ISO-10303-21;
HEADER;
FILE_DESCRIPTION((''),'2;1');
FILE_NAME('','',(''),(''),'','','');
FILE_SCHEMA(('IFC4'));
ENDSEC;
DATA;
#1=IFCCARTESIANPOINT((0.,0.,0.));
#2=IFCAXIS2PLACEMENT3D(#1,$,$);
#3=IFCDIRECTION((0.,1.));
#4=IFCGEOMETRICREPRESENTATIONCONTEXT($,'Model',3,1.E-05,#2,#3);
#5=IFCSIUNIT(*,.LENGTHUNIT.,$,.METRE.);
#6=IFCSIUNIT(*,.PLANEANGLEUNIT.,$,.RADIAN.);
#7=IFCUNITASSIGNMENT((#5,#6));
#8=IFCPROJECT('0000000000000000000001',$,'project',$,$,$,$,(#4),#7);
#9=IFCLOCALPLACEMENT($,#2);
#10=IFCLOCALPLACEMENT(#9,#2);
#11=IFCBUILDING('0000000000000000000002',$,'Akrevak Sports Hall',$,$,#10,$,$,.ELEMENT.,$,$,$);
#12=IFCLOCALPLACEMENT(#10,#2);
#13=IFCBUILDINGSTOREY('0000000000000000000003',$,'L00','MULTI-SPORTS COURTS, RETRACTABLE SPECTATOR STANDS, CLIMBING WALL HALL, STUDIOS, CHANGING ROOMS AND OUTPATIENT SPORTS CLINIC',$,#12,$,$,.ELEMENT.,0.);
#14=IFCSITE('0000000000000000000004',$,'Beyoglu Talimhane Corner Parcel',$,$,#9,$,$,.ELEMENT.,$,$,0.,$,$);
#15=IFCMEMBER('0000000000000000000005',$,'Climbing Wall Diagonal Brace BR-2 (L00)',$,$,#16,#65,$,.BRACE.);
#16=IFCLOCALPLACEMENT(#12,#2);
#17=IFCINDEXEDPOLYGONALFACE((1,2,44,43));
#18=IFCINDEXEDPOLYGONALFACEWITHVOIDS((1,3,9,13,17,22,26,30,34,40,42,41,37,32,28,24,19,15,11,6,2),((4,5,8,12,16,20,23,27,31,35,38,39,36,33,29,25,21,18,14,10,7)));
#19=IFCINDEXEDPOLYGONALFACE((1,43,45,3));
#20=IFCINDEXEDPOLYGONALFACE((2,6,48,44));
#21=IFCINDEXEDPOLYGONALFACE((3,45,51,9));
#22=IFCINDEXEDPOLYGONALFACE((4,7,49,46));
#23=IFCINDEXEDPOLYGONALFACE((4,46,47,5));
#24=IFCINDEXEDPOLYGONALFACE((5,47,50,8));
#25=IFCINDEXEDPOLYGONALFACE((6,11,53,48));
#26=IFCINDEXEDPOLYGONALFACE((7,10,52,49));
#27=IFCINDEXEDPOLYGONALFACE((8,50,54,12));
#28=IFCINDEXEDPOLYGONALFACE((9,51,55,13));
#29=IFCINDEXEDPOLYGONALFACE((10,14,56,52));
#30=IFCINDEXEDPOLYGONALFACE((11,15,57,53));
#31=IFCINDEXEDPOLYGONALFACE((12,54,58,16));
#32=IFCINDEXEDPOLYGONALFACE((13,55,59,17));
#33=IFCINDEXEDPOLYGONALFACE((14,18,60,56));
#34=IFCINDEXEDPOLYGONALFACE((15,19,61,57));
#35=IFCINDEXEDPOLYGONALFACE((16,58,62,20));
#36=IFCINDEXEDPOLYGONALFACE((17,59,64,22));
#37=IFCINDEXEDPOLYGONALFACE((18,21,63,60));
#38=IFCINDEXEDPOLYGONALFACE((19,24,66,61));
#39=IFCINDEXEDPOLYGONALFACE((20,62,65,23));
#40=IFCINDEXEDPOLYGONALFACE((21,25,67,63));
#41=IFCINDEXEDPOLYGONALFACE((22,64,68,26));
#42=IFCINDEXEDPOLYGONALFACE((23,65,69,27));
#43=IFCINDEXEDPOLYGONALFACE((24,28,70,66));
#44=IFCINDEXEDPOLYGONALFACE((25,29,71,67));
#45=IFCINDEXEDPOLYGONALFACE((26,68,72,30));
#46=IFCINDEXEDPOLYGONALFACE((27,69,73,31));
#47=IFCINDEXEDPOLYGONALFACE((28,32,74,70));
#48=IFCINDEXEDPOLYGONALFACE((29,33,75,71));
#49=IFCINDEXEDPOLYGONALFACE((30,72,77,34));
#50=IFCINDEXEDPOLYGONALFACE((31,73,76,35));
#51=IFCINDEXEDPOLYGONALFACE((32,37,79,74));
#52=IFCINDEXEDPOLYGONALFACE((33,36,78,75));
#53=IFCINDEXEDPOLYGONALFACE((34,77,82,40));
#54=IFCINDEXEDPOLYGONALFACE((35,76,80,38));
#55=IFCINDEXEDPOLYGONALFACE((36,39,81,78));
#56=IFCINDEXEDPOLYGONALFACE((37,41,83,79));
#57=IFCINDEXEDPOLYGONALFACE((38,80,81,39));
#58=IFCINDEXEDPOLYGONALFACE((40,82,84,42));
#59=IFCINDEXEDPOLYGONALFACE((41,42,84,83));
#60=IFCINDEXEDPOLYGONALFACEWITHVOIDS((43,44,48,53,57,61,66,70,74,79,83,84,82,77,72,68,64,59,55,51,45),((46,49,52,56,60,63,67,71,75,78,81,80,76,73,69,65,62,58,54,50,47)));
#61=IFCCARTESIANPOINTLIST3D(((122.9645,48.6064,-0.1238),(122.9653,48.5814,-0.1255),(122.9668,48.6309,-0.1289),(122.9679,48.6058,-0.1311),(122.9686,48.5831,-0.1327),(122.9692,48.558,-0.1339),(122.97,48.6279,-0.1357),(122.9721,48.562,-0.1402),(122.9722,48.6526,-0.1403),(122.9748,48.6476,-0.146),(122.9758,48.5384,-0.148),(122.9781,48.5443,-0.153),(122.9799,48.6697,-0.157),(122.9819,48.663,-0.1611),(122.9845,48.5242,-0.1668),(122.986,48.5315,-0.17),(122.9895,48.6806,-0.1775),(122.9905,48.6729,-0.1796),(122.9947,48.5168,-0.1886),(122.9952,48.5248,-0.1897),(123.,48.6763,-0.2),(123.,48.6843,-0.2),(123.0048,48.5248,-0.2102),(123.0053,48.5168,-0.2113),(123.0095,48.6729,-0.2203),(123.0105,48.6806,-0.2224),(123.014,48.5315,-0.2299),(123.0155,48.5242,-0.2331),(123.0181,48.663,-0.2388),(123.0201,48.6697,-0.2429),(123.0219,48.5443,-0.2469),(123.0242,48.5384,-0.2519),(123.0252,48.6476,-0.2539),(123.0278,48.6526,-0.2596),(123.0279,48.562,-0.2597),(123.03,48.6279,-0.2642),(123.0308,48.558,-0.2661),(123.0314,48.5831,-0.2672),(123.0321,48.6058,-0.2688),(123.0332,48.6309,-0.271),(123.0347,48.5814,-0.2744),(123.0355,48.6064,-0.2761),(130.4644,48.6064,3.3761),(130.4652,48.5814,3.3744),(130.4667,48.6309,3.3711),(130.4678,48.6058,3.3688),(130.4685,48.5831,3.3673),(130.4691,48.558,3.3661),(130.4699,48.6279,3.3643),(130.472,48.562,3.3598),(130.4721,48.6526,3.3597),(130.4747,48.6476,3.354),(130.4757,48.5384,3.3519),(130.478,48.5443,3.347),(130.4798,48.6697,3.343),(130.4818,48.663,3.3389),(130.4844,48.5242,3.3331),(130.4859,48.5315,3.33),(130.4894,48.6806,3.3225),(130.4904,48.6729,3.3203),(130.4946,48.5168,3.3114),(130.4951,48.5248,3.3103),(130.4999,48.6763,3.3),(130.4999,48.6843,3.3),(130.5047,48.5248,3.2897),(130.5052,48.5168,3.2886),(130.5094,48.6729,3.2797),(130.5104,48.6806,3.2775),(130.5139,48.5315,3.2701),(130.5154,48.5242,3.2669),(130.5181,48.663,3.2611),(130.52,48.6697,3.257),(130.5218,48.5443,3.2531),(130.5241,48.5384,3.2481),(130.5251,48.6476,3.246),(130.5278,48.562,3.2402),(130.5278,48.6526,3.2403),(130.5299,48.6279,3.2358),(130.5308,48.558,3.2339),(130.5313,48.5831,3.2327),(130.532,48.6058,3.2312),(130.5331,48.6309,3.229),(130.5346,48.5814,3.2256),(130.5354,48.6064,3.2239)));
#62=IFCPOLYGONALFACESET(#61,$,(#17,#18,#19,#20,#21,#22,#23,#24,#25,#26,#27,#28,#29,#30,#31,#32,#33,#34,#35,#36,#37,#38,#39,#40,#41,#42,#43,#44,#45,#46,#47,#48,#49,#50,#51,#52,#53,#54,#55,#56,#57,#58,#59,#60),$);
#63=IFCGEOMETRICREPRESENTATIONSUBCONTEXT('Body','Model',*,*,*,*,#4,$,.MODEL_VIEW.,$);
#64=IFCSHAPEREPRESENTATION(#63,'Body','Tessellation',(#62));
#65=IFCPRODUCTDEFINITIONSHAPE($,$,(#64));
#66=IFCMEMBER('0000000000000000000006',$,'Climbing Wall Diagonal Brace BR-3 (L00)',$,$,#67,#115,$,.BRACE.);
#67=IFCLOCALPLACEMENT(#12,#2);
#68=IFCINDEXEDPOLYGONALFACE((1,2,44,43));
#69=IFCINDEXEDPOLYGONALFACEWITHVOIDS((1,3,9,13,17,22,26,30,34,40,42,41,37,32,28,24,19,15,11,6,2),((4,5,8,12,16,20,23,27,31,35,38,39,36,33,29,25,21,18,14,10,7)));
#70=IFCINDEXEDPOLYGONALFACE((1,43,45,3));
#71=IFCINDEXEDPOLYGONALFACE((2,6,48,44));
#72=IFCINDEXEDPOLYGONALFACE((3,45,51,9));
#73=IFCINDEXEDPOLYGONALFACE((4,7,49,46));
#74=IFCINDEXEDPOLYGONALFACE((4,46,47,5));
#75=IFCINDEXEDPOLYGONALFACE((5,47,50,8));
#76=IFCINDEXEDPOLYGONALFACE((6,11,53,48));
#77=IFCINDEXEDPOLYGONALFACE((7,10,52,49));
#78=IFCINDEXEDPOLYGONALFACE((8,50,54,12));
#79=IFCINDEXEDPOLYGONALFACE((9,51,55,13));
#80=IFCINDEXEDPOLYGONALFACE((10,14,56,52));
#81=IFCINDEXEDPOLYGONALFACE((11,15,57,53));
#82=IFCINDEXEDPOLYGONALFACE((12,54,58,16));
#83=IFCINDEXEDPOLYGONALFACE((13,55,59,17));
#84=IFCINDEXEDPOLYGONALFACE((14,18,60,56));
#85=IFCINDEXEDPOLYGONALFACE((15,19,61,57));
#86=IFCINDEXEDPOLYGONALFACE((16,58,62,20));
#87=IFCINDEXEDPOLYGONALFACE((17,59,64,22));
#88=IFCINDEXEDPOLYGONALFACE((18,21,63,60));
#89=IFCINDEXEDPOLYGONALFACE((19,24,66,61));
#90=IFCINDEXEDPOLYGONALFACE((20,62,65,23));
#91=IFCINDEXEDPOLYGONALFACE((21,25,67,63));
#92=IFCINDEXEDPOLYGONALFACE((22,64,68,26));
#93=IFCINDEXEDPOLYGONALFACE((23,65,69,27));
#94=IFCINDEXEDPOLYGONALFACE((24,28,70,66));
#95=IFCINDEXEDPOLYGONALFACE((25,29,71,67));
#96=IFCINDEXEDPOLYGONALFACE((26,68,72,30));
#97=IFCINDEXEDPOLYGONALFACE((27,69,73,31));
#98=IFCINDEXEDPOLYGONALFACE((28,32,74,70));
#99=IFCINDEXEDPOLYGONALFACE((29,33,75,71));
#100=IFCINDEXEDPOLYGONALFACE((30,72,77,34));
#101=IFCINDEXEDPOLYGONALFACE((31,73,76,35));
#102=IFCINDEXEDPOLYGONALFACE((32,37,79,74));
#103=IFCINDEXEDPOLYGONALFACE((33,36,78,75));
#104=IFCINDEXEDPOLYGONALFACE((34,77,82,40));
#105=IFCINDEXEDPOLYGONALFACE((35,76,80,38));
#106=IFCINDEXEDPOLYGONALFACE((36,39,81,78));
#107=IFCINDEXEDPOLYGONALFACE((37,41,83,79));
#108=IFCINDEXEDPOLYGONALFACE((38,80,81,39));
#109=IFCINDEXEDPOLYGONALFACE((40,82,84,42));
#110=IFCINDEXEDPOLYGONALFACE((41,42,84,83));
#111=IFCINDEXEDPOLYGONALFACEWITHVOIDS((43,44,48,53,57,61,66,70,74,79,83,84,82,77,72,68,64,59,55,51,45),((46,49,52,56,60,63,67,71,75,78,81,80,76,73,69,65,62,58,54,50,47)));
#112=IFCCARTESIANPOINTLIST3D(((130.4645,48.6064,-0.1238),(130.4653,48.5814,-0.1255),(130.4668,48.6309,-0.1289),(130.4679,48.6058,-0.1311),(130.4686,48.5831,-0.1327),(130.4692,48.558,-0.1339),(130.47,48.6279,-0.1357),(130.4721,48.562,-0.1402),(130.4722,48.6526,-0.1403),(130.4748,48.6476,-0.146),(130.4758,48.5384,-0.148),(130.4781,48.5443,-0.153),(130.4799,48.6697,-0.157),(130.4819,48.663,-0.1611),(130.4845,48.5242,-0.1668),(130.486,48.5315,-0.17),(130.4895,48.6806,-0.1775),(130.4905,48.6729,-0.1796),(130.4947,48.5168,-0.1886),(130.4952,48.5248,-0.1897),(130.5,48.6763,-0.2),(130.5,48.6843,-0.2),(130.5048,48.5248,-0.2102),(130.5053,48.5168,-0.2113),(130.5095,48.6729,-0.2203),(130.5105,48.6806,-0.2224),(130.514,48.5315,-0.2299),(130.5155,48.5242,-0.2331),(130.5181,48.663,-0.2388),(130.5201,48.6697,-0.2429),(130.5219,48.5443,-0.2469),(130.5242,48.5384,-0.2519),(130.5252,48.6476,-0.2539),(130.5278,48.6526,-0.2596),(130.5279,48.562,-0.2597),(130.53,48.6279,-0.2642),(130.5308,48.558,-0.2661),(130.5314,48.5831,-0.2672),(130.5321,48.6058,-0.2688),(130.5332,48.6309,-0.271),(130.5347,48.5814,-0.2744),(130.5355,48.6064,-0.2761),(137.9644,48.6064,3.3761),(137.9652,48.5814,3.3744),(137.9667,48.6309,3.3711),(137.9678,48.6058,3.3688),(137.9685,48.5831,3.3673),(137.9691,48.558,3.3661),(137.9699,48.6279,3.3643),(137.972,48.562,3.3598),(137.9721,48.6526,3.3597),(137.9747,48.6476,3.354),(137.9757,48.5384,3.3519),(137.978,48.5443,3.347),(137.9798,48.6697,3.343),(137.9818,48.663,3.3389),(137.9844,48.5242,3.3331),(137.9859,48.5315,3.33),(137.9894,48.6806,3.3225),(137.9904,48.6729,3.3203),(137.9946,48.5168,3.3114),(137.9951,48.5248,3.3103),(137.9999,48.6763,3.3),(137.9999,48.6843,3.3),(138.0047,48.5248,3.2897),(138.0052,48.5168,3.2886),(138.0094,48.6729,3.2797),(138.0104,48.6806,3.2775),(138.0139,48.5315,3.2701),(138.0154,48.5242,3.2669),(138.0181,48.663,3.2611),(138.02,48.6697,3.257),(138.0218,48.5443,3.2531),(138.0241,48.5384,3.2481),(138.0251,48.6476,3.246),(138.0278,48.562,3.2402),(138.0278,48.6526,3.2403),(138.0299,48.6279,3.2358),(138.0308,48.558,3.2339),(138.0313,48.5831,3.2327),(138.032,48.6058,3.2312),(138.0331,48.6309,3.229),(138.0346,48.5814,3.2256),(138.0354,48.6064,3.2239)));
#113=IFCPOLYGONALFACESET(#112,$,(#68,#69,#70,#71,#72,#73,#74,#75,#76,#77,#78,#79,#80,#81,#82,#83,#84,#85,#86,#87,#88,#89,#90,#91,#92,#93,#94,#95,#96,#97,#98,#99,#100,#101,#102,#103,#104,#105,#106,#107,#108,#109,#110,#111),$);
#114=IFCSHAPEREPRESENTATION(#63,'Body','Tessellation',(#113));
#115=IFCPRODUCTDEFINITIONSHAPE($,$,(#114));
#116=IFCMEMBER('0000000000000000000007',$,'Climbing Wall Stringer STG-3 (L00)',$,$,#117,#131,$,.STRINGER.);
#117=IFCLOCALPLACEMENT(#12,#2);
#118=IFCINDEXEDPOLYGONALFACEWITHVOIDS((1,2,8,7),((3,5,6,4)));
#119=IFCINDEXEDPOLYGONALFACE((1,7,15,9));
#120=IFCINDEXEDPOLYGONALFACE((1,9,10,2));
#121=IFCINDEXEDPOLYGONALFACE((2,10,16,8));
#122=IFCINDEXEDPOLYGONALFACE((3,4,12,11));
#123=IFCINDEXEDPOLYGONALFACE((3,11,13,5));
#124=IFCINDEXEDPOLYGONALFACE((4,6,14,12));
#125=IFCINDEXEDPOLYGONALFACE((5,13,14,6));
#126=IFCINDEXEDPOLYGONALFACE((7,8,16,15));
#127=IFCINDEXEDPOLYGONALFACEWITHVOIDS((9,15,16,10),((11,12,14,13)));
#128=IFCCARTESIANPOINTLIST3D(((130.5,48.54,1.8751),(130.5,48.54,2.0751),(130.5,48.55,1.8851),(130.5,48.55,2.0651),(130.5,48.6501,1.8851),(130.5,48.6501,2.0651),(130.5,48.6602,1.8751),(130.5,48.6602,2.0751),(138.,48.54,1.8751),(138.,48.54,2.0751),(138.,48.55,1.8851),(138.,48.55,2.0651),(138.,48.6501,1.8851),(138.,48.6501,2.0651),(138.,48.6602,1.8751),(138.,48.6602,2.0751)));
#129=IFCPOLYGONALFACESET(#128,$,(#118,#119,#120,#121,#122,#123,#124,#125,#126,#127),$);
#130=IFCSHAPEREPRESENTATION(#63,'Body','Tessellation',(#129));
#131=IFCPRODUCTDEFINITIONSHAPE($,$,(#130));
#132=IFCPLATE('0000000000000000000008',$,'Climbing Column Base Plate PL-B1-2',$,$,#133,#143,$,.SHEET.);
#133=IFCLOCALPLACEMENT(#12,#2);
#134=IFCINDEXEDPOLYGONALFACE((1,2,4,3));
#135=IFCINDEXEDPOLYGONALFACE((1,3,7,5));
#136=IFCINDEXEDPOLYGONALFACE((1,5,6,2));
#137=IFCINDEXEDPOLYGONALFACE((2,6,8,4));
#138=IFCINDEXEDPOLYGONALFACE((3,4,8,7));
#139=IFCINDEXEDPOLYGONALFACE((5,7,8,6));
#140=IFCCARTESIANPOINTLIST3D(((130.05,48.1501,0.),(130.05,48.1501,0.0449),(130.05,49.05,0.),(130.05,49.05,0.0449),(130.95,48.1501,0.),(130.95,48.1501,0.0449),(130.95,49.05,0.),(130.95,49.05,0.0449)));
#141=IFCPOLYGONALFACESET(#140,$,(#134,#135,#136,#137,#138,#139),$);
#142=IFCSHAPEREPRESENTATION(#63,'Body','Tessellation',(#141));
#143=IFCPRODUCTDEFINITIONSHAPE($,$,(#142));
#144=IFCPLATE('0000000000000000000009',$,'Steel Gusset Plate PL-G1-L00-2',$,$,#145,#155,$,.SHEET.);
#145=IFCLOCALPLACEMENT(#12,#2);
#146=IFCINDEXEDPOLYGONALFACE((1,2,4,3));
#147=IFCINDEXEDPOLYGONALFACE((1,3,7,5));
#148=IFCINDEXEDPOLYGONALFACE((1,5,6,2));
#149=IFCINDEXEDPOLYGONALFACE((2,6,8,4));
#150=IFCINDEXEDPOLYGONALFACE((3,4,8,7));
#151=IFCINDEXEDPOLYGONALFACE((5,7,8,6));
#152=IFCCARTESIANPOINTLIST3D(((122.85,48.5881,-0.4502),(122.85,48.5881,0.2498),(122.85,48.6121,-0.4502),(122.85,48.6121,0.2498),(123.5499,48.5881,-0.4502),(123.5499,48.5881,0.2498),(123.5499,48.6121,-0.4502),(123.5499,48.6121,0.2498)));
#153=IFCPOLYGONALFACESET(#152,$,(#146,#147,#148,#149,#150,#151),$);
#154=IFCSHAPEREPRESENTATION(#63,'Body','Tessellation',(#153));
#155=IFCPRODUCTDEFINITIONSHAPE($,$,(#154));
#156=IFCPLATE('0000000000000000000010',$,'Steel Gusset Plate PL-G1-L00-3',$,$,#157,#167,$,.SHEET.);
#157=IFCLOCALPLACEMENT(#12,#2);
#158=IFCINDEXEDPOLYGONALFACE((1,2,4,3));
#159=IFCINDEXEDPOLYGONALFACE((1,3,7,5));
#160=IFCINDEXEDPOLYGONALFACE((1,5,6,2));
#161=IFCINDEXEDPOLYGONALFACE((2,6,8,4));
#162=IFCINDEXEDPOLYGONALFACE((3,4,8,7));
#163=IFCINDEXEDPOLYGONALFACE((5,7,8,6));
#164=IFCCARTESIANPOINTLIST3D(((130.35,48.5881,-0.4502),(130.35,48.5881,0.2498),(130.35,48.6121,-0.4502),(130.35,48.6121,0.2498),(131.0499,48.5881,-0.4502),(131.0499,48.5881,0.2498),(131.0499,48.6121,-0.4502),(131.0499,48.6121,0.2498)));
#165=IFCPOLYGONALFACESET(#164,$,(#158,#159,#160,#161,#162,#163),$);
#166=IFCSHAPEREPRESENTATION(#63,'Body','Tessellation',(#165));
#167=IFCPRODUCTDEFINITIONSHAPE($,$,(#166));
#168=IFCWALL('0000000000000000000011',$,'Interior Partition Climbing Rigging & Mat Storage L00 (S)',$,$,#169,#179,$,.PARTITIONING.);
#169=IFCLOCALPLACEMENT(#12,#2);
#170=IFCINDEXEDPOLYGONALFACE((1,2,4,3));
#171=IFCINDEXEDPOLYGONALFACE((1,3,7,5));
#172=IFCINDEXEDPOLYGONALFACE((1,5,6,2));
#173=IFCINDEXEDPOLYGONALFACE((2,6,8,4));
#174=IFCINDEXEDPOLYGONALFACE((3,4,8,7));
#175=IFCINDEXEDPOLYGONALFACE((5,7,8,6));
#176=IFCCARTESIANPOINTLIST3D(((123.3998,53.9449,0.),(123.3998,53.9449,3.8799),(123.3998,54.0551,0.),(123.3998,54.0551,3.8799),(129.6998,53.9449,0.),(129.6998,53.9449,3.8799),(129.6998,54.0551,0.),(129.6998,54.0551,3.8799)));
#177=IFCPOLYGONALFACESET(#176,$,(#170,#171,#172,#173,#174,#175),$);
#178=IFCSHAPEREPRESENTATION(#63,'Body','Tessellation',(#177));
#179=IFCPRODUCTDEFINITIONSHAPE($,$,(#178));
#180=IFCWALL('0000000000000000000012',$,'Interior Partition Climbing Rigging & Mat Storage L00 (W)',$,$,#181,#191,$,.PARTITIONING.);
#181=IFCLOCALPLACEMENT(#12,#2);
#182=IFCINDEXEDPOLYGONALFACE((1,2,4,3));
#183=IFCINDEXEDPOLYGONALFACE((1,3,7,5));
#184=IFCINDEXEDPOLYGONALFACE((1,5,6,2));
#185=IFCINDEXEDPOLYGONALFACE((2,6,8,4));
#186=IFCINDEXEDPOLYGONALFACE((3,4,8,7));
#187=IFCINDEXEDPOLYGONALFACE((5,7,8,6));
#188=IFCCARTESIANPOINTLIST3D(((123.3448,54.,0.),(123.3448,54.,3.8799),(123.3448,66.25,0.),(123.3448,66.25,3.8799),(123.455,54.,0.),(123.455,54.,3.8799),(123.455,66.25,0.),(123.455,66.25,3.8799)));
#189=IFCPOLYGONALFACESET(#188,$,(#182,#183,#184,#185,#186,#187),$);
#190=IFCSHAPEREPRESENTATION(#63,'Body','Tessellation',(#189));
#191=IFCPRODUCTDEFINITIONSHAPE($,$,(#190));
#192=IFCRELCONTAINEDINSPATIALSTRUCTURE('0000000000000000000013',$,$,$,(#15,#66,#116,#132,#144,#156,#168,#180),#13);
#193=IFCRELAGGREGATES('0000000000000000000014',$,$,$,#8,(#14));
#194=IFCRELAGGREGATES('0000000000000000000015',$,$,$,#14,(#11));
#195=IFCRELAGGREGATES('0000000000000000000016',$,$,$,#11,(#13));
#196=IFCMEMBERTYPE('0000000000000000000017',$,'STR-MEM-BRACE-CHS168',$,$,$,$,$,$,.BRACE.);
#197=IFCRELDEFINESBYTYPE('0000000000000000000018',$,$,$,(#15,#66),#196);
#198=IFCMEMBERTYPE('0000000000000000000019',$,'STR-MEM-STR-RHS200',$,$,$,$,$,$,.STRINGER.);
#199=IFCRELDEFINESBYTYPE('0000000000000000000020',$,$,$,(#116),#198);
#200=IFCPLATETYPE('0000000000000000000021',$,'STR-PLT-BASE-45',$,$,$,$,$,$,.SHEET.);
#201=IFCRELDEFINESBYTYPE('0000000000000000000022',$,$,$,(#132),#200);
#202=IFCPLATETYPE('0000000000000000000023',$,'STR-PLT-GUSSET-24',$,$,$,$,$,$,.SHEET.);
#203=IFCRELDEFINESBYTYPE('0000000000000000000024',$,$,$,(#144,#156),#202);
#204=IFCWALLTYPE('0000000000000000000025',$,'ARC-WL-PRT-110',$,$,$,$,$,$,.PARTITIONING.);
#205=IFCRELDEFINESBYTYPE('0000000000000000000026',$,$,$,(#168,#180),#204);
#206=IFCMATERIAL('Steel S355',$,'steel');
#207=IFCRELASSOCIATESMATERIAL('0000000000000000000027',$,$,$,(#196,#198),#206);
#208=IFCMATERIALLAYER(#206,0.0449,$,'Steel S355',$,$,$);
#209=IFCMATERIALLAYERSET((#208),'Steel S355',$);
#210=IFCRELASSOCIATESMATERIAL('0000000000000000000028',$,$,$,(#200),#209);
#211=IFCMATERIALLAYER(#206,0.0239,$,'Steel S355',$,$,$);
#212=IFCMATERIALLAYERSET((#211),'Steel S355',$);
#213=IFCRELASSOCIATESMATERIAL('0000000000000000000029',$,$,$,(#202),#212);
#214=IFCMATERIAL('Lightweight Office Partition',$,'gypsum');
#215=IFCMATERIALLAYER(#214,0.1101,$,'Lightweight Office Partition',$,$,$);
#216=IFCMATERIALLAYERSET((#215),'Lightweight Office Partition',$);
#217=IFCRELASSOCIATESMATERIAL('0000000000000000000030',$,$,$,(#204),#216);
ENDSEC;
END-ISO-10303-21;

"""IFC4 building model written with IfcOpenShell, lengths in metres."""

from ifc_helpers import new_model, si_unit, direction, frame, frame_2d, origin, origin_2d, place, context, subcontext, project, spatial, rectangle, hollow_rectangle, hollow_circle, extrude, material, layer, layer_set, material_profile, profile_set, type_object, element, save


model = new_model("IFC4")

# Units and contexts
model_context = context("Model", 3, precision=1e-05, world=origin(), true_north=direction((0.0, 1.0)))
body_context = subcontext(model_context, "Body", "Model", "MODEL_VIEW")
ifc_project = project(units=[si_unit("LENGTHUNIT", "METRE"), si_unit("PLANEANGLEUNIT", "RADIAN")], contexts=[model_context])

# Site, building, storey
site_placement = place(None, origin())
site = spatial("IfcSite", under=ifc_project, at=site_placement, Name="Beyoglu Talimhane Corner Parcel", CompositionType="ELEMENT", RefElevation=0.0)
building_placement = place(site_placement, origin())
building = spatial("IfcBuilding", under=site, at=building_placement, Name="Akrevak Sports Hall", CompositionType="ELEMENT")
storey_placement = place(building_placement, origin())
storey = spatial("IfcBuildingStorey", under=building, at=storey_placement, Name="L00", Description="MULTI-SPORTS COURTS, RETRACTABLE SPECTATOR STANDS, CLIMBING WALL HALL, STUDIOS, CHANGING ROOMS AND OUTPATIENT SPORTS CLINIC", CompositionType="ELEMENT", Elevation=0.0)

# Shared definitions
ifc_material_1 = material(Name="Steel S355", Category="steel")

# Members
ifc_material_profile_1 = material_profile(ifc_material_1, hollow_circle(Radius=0.0842, WallThickness=0.0081, at=origin_2d()), Name="CHS 168.3x8", Category="steel")
ifc_profile_set_1 = profile_set([ifc_material_profile_1], Name="Steel S355")
member_type_1 = type_object("IfcMemberType", Name="STR-MEM-BRACE-CHS168", PredefinedType="BRACE", material=ifc_profile_set_1)
for number, where, z_axis, x_axis, name in (
    (1, (123.0, 48.6001, -0.2), (0.906183, 0.0, 0.422885), (0.0, 1.0, 0.0), "Climbing Wall Diagonal Brace BR-2 (L00)"),
    (2, (130.5, 48.6001, -0.2), (0.906183, 0.0, 0.422885), (0.0, 1.0, 0.0), "Climbing Wall Diagonal Brace BR-3 (L00)"),
):
    element("IfcMember", number, at=place(storey_placement, frame(where, z_axis=z_axis, x_axis=x_axis)), inside=storey, type_object=member_type_1, Name=name, PredefinedType="BRACE", context=body_context, shape_type="SweptSolid", body=[
        extrude(hollow_circle(Radius=0.0842, WallThickness=0.0081, at=origin_2d()), origin(), (0.0, 0.0, 1.0), 8.2764),
    ])
ifc_material_profile_2 = material_profile(ifc_material_1, hollow_rectangle(XDim=0.1201, YDim=0.2, WallThickness=0.01, at=origin_2d()), Name="RHS 200x120x10", Category="steel")
ifc_profile_set_2 = profile_set([ifc_material_profile_2], Name="Steel S355")
member_type_2 = type_object("IfcMemberType", Name="STR-MEM-STR-RHS200", PredefinedType="STRINGER", material=ifc_profile_set_2)
member_placement = place(storey_placement, frame((130.5, 48.6001, 1.9751), z_axis=(1.0, 0.0, 0.0), x_axis=(0.0, 1.0, 0.0)))
element("IfcMember", 3, at=member_placement, inside=storey, type_object=member_type_2, Name="Climbing Wall Stringer STG-3 (L00)", PredefinedType="STRINGER", context=body_context, shape_type="SweptSolid", body=[
    extrude(hollow_rectangle(XDim=0.1201, YDim=0.2, WallThickness=0.01, at=origin_2d()), origin(), (0.0, 0.0, 1.0), 7.5),
])

# Plates
ifc_layer_1 = layer(ifc_material_1, 0.0449, Name="Steel S355")
ifc_layer_set_1 = layer_set([ifc_layer_1], Name="Steel S355")
plate_type_1 = type_object("IfcPlateType", Name="STR-PLT-BASE-45", PredefinedType="SHEET", material=ifc_layer_set_1)
plate_placement = place(storey_placement, frame((130.5, 48.6001, 0.0), z_axis=(0.0, 0.0, 1.0), x_axis=(1.0, 0.0, 0.0)))
element("IfcPlate", 4, at=plate_placement, inside=storey, type_object=plate_type_1, Name="Climbing Column Base Plate PL-B1-2", PredefinedType="SHEET", context=body_context, shape_type="SweptSolid", body=[
    extrude(rectangle(XDim=0.8999, YDim=0.8999, at=origin_2d()), origin(), (0.0, 0.0, 1.0), 0.0449),
])
ifc_layer_2 = layer(ifc_material_1, 0.0239, Name="Steel S355")
ifc_layer_set_2 = layer_set([ifc_layer_2], Name="Steel S355")
plate_type_2 = type_object("IfcPlateType", Name="STR-PLT-GUSSET-24", PredefinedType="SHEET", material=ifc_layer_set_2)
for number, where, z_axis, x_axis, name in (
    (5, (123.2, 48.6001, -0.4502), (0.0, 0.0, 1.0), (1.0, 0.0, 0.0), "Steel Gusset Plate PL-G1-L00-2"),
    (6, (130.7, 48.6001, -0.4502), (0.0, 0.0, 1.0), (1.0, 0.0, 0.0), "Steel Gusset Plate PL-G1-L00-3"),
):
    element("IfcPlate", number, at=place(storey_placement, frame(where, z_axis=z_axis, x_axis=x_axis)), inside=storey, type_object=plate_type_2, Name=name, PredefinedType="SHEET", context=body_context, shape_type="SweptSolid", body=[
        extrude(rectangle(XDim=0.7, YDim=0.0239, at=origin_2d()), origin(), (0.0, 0.0, 1.0), 0.7),
    ])

# Walls
ifc_material_2 = material(Name="Lightweight Office Partition", Category="gypsum")
ifc_layer_3 = layer(ifc_material_2, 0.1101, Name="Lightweight Office Partition")
ifc_layer_set_3 = layer_set([ifc_layer_3], Name="Lightweight Office Partition")
wall_type_1 = type_object("IfcWallType", Name="ARC-WL-PRT-110", PredefinedType="PARTITIONING", material=ifc_layer_set_3)
wall_1_placement = place(storey_placement, frame((123.3999, 54.0, 0.0), z_axis=(0.0, 0.0, 1.0), x_axis=(1.0, 0.0, 0.0)))
element("IfcWall", 7, at=wall_1_placement, inside=storey, type_object=wall_type_1, Name="Interior Partition Climbing Rigging & Mat Storage L00 (S)", PredefinedType="PARTITIONING", context=body_context, shape_type="SweptSolid", body=[
    extrude(rectangle(XDim=6.3, YDim=0.1101, at=frame_2d((3.1499, 0.0))), origin(), (0.0, 0.0, 1.0), 3.8799),
])
for number, where, z_axis, x_axis, name in (
    (8, (123.3999, 54.0, 0.0), (0.0, 0.0, 1.0), (0.0, 1.0, 0.0), "Interior Partition Climbing Rigging & Mat Storage L00 (W)"),
):
    element("IfcWall", number, at=place(storey_placement, frame(where, z_axis=z_axis, x_axis=x_axis)), inside=storey, type_object=wall_type_1, Name=name, PredefinedType="PARTITIONING", context=body_context, shape_type="SweptSolid", body=[
        extrude(rectangle(XDim=12.25, YDim=0.1101, at=frame_2d((6.125, 0.0))), origin(), (0.0, 0.0, 1.0), 3.8799),
    ])

save(model, "model.ifc")
